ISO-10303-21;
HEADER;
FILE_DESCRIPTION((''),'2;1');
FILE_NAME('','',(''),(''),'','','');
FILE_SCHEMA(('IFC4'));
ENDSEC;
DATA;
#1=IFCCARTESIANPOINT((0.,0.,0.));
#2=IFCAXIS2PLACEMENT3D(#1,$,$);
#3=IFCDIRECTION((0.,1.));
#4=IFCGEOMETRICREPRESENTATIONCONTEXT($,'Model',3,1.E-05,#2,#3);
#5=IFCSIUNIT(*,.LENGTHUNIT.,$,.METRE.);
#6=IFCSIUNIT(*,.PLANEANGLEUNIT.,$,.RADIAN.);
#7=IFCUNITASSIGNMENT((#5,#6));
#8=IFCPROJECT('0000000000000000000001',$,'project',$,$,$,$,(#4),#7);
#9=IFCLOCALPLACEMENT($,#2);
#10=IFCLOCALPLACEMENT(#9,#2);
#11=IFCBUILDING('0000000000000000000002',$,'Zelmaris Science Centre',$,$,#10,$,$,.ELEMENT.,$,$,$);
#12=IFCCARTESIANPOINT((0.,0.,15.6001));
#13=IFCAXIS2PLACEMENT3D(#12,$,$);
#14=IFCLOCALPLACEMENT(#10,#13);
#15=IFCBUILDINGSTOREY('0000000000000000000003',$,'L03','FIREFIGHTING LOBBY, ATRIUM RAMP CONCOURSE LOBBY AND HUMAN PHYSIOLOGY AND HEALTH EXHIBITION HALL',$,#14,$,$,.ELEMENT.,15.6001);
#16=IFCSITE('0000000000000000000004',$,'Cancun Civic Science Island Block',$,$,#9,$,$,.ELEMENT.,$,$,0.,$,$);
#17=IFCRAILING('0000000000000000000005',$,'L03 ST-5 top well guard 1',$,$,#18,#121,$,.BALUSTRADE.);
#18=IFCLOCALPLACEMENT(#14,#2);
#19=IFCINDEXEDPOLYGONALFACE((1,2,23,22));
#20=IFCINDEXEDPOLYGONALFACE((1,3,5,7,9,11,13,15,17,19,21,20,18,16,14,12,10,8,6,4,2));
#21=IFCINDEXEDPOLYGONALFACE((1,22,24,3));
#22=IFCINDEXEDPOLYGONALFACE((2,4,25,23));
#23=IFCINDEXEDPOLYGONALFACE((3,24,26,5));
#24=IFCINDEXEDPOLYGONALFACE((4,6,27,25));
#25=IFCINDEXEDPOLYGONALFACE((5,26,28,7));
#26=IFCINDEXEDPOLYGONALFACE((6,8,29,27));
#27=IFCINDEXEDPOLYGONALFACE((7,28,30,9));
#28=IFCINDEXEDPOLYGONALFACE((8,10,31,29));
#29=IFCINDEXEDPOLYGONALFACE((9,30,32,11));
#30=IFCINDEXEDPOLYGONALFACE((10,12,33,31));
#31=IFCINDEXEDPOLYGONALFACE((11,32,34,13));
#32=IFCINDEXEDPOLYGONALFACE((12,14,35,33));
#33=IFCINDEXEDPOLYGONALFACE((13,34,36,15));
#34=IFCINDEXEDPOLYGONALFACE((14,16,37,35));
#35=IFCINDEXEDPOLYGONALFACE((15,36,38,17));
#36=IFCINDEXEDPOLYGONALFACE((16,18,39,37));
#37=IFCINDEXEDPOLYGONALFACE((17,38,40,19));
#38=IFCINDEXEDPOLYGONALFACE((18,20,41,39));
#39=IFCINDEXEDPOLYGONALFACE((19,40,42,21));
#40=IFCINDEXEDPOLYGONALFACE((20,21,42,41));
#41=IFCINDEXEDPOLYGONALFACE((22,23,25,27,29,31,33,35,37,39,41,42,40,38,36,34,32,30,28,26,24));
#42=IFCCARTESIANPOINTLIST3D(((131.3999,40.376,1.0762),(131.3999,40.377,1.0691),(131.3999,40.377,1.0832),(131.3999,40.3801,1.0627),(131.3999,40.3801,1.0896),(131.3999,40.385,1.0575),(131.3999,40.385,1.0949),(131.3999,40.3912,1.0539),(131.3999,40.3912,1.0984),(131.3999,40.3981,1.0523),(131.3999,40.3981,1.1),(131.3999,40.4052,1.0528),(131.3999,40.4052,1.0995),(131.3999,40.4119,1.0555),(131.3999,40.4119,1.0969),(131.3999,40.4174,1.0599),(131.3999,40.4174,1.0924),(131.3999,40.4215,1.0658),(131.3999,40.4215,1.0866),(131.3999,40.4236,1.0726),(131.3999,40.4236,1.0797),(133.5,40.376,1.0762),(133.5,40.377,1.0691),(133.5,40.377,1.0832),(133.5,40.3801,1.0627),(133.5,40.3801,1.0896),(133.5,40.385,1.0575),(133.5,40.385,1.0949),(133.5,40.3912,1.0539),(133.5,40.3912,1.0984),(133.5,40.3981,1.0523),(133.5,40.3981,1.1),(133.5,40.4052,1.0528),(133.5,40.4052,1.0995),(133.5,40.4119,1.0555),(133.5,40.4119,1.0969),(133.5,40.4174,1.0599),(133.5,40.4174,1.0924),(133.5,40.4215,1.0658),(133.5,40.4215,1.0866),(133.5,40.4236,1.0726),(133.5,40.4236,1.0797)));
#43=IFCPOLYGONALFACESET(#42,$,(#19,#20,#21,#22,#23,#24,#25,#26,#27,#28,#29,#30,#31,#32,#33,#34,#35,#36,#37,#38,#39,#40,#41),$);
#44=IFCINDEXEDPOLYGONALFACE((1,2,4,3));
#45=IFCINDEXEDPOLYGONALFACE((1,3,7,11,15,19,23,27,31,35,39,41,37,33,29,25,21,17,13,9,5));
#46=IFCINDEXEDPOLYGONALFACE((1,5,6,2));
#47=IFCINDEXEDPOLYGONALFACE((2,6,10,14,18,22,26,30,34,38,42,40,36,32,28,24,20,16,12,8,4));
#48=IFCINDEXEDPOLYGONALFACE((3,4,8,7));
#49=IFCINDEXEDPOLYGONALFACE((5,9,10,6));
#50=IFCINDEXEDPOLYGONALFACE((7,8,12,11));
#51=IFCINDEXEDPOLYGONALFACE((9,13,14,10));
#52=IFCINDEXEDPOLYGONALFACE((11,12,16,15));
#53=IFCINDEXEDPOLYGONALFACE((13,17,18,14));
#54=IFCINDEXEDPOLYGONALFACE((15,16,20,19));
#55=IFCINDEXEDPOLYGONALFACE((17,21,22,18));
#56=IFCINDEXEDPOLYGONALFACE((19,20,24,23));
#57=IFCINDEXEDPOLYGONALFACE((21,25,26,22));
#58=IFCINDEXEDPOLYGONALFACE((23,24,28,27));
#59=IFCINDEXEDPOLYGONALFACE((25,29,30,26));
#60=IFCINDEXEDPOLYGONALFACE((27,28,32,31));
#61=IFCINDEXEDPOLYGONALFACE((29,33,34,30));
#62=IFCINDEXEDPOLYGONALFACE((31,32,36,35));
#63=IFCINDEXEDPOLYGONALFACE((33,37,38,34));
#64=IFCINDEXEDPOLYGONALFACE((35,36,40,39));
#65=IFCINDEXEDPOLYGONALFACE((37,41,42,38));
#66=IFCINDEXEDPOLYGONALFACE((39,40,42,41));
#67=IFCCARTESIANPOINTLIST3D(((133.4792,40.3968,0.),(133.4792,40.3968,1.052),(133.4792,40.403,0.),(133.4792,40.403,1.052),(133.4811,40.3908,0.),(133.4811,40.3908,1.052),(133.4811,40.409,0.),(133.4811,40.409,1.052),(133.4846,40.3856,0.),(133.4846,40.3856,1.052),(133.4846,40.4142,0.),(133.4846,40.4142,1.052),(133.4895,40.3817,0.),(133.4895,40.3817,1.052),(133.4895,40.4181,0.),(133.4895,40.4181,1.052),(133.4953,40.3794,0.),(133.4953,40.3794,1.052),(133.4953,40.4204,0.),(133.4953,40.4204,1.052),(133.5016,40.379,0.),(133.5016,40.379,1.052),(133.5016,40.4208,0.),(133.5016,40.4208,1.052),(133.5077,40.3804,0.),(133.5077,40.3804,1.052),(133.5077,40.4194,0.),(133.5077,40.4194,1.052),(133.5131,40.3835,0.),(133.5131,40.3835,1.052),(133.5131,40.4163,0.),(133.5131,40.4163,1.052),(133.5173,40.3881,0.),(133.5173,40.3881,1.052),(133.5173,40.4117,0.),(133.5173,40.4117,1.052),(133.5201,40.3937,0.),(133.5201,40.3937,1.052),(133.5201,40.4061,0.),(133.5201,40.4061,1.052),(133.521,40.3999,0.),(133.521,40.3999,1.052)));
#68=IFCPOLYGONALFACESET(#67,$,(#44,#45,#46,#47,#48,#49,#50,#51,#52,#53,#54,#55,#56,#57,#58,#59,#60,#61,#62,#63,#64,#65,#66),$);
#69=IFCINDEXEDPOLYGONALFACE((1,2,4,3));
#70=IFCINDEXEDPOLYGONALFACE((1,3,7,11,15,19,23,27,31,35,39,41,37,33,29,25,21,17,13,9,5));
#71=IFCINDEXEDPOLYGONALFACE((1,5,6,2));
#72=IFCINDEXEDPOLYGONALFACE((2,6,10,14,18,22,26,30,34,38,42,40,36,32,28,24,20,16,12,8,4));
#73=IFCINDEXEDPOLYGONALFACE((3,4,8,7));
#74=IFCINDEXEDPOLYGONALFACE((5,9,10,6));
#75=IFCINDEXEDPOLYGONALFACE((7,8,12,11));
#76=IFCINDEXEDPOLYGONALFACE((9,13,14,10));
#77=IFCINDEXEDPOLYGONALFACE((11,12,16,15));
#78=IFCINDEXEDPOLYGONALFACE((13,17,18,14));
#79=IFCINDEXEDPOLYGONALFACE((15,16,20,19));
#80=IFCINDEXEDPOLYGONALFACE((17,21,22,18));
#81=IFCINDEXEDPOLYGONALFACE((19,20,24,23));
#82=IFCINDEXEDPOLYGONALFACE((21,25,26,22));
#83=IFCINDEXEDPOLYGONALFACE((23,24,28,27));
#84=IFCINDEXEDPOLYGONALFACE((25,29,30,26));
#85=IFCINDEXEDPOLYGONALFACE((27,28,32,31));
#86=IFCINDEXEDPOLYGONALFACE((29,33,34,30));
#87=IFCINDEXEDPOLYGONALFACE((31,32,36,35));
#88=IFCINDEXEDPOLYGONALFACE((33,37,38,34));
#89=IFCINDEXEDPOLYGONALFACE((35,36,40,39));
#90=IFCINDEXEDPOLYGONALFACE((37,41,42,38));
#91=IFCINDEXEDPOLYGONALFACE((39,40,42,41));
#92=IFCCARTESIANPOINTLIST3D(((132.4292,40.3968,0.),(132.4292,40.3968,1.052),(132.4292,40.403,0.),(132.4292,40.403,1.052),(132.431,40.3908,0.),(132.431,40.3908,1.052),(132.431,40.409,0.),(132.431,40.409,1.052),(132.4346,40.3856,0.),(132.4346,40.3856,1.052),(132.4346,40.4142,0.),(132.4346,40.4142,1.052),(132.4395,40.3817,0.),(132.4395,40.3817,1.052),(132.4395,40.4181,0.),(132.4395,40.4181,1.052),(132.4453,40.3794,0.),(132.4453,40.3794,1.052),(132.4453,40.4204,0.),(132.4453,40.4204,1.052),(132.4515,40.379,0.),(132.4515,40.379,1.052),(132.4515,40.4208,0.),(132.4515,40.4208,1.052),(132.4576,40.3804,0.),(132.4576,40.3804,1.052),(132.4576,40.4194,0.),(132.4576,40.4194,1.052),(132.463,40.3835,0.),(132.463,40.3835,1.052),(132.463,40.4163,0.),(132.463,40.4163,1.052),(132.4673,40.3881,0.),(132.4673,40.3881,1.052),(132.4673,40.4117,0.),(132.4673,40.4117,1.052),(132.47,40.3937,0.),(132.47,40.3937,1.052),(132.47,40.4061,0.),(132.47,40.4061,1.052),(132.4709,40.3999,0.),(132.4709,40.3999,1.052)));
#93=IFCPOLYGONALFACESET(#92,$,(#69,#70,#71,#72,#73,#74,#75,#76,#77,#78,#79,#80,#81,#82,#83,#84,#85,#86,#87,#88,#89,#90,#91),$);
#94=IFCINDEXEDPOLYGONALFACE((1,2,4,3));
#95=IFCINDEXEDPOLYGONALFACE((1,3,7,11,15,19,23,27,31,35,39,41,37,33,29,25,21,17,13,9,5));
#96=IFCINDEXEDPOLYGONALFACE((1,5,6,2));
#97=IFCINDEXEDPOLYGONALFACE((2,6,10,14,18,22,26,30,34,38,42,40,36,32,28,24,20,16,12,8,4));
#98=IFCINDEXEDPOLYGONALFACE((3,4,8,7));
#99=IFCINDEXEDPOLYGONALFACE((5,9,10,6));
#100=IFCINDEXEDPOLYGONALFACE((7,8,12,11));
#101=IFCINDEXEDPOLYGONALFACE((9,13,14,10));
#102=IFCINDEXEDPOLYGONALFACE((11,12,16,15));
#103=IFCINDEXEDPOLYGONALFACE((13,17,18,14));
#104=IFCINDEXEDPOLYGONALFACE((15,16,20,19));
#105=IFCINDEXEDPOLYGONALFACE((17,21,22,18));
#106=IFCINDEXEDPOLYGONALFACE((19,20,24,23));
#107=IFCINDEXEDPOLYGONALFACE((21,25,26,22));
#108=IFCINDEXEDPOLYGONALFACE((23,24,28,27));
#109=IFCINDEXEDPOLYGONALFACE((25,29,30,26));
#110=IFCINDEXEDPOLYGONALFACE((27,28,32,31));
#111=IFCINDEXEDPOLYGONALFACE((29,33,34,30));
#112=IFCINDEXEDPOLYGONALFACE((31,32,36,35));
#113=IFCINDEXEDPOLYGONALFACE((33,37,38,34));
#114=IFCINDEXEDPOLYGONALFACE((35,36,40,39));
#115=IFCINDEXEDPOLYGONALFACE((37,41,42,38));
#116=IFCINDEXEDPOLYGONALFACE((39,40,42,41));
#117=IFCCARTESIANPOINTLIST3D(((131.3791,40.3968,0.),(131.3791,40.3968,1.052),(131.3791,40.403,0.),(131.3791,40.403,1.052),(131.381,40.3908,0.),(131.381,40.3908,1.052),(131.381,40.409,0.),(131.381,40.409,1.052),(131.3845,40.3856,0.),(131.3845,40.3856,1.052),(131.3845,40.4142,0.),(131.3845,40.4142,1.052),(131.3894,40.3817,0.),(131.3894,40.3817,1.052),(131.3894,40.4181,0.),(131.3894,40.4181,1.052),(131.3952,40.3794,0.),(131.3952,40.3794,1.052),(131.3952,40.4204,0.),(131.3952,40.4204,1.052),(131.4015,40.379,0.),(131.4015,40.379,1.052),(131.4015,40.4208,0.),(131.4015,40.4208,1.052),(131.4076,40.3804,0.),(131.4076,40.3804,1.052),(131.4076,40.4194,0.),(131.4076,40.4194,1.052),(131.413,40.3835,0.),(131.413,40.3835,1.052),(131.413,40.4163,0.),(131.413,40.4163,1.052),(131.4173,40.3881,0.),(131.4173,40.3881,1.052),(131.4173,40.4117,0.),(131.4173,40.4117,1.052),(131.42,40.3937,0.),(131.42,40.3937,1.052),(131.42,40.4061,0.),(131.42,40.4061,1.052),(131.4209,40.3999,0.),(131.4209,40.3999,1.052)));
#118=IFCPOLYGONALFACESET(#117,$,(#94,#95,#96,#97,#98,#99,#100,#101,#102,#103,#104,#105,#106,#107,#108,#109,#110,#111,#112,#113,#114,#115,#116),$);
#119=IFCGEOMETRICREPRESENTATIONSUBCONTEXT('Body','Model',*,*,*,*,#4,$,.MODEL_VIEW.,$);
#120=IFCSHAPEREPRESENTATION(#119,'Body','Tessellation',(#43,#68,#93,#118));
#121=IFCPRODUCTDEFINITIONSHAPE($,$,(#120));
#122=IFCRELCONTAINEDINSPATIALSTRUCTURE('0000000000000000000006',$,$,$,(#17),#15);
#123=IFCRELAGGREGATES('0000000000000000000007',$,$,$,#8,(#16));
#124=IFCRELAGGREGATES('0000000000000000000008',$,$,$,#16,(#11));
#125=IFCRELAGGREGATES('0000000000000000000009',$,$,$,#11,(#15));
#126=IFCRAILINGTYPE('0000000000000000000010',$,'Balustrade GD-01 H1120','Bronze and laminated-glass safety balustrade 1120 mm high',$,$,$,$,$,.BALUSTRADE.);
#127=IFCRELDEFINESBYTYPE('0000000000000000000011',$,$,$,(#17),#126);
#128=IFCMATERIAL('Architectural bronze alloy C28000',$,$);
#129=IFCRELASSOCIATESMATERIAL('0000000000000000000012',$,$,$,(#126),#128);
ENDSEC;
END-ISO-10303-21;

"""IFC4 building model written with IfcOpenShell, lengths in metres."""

from ifc_helpers import new_model, si_unit, direction, frame, origin, origin_2d, place, context, subcontext, project, spatial, circle, extrude, material, type_object, element, save


model = new_model("IFC4")

# Units and contexts
model_context = context("Model", 3, precision=1e-05, world=origin(), true_north=direction((0.0, 1.0)))
body_context = subcontext(model_context, "Body", "Model", "MODEL_VIEW")
ifc_project = project(units=[si_unit("LENGTHUNIT", "METRE"), si_unit("PLANEANGLEUNIT", "RADIAN")], contexts=[model_context])

# Site, building, storey
site_placement = place(None, origin())
site = spatial("IfcSite", under=ifc_project, at=site_placement, Name="Cancun Civic Science Island Block", CompositionType="ELEMENT", RefElevation=0.0)
building_placement = place(site_placement, origin())
building = spatial("IfcBuilding", under=site, at=building_placement, Name="Zelmaris Science Centre", CompositionType="ELEMENT")
storey_placement = place(building_placement, frame((0.0, 0.0, 15.6001)))
storey = spatial("IfcBuildingStorey", under=building, at=storey_placement, Name="L03", Description="FIREFIGHTING LOBBY, ATRIUM RAMP CONCOURSE LOBBY AND HUMAN PHYSIOLOGY AND HEALTH EXHIBITION HALL", CompositionType="ELEMENT", Elevation=15.6001)

# Railing
ifc_material_1 = material(Name="Architectural bronze alloy C28000")
railing_type = type_object("IfcRailingType", Name="Balustrade GD-01 H1120", Description="Bronze and laminated-glass safety balustrade 1120 mm high", PredefinedType="BALUSTRADE", material=ifc_material_1)
railing_placement = place(storey_placement, frame((133.5, 40.3999, 0.0)))
element("IfcRailing", 1, at=railing_placement, inside=storey, type_object=railing_type, Name="L03 ST-5 top well guard 1", PredefinedType="BALUSTRADE", context=body_context, shape_type="SweptSolid", body=[
    extrude(circle(Radius=0.0239, at=origin_2d()), frame((0.0, 0.0, 1.0762), z_axis=(-1.0, 0.0, 0.0), x_axis=(0.0, -1.0, 0.0)), (0.0, 0.0, 1.0), 2.1001),
    extrude(circle(Radius=0.021, at=origin_2d()), origin(), (0.0, 0.0, 1.0), 1.052),
    extrude(circle(Radius=0.021, at=origin_2d()), frame((-1.05, 0.0, 0.0)), (0.0, 0.0, 1.0), 1.052),
    extrude(circle(Radius=0.021, at=origin_2d()), frame((-2.1001, 0.0, 0.0)), (0.0, 0.0, 1.0), 1.052),
])

save(model, "model.ifc")
